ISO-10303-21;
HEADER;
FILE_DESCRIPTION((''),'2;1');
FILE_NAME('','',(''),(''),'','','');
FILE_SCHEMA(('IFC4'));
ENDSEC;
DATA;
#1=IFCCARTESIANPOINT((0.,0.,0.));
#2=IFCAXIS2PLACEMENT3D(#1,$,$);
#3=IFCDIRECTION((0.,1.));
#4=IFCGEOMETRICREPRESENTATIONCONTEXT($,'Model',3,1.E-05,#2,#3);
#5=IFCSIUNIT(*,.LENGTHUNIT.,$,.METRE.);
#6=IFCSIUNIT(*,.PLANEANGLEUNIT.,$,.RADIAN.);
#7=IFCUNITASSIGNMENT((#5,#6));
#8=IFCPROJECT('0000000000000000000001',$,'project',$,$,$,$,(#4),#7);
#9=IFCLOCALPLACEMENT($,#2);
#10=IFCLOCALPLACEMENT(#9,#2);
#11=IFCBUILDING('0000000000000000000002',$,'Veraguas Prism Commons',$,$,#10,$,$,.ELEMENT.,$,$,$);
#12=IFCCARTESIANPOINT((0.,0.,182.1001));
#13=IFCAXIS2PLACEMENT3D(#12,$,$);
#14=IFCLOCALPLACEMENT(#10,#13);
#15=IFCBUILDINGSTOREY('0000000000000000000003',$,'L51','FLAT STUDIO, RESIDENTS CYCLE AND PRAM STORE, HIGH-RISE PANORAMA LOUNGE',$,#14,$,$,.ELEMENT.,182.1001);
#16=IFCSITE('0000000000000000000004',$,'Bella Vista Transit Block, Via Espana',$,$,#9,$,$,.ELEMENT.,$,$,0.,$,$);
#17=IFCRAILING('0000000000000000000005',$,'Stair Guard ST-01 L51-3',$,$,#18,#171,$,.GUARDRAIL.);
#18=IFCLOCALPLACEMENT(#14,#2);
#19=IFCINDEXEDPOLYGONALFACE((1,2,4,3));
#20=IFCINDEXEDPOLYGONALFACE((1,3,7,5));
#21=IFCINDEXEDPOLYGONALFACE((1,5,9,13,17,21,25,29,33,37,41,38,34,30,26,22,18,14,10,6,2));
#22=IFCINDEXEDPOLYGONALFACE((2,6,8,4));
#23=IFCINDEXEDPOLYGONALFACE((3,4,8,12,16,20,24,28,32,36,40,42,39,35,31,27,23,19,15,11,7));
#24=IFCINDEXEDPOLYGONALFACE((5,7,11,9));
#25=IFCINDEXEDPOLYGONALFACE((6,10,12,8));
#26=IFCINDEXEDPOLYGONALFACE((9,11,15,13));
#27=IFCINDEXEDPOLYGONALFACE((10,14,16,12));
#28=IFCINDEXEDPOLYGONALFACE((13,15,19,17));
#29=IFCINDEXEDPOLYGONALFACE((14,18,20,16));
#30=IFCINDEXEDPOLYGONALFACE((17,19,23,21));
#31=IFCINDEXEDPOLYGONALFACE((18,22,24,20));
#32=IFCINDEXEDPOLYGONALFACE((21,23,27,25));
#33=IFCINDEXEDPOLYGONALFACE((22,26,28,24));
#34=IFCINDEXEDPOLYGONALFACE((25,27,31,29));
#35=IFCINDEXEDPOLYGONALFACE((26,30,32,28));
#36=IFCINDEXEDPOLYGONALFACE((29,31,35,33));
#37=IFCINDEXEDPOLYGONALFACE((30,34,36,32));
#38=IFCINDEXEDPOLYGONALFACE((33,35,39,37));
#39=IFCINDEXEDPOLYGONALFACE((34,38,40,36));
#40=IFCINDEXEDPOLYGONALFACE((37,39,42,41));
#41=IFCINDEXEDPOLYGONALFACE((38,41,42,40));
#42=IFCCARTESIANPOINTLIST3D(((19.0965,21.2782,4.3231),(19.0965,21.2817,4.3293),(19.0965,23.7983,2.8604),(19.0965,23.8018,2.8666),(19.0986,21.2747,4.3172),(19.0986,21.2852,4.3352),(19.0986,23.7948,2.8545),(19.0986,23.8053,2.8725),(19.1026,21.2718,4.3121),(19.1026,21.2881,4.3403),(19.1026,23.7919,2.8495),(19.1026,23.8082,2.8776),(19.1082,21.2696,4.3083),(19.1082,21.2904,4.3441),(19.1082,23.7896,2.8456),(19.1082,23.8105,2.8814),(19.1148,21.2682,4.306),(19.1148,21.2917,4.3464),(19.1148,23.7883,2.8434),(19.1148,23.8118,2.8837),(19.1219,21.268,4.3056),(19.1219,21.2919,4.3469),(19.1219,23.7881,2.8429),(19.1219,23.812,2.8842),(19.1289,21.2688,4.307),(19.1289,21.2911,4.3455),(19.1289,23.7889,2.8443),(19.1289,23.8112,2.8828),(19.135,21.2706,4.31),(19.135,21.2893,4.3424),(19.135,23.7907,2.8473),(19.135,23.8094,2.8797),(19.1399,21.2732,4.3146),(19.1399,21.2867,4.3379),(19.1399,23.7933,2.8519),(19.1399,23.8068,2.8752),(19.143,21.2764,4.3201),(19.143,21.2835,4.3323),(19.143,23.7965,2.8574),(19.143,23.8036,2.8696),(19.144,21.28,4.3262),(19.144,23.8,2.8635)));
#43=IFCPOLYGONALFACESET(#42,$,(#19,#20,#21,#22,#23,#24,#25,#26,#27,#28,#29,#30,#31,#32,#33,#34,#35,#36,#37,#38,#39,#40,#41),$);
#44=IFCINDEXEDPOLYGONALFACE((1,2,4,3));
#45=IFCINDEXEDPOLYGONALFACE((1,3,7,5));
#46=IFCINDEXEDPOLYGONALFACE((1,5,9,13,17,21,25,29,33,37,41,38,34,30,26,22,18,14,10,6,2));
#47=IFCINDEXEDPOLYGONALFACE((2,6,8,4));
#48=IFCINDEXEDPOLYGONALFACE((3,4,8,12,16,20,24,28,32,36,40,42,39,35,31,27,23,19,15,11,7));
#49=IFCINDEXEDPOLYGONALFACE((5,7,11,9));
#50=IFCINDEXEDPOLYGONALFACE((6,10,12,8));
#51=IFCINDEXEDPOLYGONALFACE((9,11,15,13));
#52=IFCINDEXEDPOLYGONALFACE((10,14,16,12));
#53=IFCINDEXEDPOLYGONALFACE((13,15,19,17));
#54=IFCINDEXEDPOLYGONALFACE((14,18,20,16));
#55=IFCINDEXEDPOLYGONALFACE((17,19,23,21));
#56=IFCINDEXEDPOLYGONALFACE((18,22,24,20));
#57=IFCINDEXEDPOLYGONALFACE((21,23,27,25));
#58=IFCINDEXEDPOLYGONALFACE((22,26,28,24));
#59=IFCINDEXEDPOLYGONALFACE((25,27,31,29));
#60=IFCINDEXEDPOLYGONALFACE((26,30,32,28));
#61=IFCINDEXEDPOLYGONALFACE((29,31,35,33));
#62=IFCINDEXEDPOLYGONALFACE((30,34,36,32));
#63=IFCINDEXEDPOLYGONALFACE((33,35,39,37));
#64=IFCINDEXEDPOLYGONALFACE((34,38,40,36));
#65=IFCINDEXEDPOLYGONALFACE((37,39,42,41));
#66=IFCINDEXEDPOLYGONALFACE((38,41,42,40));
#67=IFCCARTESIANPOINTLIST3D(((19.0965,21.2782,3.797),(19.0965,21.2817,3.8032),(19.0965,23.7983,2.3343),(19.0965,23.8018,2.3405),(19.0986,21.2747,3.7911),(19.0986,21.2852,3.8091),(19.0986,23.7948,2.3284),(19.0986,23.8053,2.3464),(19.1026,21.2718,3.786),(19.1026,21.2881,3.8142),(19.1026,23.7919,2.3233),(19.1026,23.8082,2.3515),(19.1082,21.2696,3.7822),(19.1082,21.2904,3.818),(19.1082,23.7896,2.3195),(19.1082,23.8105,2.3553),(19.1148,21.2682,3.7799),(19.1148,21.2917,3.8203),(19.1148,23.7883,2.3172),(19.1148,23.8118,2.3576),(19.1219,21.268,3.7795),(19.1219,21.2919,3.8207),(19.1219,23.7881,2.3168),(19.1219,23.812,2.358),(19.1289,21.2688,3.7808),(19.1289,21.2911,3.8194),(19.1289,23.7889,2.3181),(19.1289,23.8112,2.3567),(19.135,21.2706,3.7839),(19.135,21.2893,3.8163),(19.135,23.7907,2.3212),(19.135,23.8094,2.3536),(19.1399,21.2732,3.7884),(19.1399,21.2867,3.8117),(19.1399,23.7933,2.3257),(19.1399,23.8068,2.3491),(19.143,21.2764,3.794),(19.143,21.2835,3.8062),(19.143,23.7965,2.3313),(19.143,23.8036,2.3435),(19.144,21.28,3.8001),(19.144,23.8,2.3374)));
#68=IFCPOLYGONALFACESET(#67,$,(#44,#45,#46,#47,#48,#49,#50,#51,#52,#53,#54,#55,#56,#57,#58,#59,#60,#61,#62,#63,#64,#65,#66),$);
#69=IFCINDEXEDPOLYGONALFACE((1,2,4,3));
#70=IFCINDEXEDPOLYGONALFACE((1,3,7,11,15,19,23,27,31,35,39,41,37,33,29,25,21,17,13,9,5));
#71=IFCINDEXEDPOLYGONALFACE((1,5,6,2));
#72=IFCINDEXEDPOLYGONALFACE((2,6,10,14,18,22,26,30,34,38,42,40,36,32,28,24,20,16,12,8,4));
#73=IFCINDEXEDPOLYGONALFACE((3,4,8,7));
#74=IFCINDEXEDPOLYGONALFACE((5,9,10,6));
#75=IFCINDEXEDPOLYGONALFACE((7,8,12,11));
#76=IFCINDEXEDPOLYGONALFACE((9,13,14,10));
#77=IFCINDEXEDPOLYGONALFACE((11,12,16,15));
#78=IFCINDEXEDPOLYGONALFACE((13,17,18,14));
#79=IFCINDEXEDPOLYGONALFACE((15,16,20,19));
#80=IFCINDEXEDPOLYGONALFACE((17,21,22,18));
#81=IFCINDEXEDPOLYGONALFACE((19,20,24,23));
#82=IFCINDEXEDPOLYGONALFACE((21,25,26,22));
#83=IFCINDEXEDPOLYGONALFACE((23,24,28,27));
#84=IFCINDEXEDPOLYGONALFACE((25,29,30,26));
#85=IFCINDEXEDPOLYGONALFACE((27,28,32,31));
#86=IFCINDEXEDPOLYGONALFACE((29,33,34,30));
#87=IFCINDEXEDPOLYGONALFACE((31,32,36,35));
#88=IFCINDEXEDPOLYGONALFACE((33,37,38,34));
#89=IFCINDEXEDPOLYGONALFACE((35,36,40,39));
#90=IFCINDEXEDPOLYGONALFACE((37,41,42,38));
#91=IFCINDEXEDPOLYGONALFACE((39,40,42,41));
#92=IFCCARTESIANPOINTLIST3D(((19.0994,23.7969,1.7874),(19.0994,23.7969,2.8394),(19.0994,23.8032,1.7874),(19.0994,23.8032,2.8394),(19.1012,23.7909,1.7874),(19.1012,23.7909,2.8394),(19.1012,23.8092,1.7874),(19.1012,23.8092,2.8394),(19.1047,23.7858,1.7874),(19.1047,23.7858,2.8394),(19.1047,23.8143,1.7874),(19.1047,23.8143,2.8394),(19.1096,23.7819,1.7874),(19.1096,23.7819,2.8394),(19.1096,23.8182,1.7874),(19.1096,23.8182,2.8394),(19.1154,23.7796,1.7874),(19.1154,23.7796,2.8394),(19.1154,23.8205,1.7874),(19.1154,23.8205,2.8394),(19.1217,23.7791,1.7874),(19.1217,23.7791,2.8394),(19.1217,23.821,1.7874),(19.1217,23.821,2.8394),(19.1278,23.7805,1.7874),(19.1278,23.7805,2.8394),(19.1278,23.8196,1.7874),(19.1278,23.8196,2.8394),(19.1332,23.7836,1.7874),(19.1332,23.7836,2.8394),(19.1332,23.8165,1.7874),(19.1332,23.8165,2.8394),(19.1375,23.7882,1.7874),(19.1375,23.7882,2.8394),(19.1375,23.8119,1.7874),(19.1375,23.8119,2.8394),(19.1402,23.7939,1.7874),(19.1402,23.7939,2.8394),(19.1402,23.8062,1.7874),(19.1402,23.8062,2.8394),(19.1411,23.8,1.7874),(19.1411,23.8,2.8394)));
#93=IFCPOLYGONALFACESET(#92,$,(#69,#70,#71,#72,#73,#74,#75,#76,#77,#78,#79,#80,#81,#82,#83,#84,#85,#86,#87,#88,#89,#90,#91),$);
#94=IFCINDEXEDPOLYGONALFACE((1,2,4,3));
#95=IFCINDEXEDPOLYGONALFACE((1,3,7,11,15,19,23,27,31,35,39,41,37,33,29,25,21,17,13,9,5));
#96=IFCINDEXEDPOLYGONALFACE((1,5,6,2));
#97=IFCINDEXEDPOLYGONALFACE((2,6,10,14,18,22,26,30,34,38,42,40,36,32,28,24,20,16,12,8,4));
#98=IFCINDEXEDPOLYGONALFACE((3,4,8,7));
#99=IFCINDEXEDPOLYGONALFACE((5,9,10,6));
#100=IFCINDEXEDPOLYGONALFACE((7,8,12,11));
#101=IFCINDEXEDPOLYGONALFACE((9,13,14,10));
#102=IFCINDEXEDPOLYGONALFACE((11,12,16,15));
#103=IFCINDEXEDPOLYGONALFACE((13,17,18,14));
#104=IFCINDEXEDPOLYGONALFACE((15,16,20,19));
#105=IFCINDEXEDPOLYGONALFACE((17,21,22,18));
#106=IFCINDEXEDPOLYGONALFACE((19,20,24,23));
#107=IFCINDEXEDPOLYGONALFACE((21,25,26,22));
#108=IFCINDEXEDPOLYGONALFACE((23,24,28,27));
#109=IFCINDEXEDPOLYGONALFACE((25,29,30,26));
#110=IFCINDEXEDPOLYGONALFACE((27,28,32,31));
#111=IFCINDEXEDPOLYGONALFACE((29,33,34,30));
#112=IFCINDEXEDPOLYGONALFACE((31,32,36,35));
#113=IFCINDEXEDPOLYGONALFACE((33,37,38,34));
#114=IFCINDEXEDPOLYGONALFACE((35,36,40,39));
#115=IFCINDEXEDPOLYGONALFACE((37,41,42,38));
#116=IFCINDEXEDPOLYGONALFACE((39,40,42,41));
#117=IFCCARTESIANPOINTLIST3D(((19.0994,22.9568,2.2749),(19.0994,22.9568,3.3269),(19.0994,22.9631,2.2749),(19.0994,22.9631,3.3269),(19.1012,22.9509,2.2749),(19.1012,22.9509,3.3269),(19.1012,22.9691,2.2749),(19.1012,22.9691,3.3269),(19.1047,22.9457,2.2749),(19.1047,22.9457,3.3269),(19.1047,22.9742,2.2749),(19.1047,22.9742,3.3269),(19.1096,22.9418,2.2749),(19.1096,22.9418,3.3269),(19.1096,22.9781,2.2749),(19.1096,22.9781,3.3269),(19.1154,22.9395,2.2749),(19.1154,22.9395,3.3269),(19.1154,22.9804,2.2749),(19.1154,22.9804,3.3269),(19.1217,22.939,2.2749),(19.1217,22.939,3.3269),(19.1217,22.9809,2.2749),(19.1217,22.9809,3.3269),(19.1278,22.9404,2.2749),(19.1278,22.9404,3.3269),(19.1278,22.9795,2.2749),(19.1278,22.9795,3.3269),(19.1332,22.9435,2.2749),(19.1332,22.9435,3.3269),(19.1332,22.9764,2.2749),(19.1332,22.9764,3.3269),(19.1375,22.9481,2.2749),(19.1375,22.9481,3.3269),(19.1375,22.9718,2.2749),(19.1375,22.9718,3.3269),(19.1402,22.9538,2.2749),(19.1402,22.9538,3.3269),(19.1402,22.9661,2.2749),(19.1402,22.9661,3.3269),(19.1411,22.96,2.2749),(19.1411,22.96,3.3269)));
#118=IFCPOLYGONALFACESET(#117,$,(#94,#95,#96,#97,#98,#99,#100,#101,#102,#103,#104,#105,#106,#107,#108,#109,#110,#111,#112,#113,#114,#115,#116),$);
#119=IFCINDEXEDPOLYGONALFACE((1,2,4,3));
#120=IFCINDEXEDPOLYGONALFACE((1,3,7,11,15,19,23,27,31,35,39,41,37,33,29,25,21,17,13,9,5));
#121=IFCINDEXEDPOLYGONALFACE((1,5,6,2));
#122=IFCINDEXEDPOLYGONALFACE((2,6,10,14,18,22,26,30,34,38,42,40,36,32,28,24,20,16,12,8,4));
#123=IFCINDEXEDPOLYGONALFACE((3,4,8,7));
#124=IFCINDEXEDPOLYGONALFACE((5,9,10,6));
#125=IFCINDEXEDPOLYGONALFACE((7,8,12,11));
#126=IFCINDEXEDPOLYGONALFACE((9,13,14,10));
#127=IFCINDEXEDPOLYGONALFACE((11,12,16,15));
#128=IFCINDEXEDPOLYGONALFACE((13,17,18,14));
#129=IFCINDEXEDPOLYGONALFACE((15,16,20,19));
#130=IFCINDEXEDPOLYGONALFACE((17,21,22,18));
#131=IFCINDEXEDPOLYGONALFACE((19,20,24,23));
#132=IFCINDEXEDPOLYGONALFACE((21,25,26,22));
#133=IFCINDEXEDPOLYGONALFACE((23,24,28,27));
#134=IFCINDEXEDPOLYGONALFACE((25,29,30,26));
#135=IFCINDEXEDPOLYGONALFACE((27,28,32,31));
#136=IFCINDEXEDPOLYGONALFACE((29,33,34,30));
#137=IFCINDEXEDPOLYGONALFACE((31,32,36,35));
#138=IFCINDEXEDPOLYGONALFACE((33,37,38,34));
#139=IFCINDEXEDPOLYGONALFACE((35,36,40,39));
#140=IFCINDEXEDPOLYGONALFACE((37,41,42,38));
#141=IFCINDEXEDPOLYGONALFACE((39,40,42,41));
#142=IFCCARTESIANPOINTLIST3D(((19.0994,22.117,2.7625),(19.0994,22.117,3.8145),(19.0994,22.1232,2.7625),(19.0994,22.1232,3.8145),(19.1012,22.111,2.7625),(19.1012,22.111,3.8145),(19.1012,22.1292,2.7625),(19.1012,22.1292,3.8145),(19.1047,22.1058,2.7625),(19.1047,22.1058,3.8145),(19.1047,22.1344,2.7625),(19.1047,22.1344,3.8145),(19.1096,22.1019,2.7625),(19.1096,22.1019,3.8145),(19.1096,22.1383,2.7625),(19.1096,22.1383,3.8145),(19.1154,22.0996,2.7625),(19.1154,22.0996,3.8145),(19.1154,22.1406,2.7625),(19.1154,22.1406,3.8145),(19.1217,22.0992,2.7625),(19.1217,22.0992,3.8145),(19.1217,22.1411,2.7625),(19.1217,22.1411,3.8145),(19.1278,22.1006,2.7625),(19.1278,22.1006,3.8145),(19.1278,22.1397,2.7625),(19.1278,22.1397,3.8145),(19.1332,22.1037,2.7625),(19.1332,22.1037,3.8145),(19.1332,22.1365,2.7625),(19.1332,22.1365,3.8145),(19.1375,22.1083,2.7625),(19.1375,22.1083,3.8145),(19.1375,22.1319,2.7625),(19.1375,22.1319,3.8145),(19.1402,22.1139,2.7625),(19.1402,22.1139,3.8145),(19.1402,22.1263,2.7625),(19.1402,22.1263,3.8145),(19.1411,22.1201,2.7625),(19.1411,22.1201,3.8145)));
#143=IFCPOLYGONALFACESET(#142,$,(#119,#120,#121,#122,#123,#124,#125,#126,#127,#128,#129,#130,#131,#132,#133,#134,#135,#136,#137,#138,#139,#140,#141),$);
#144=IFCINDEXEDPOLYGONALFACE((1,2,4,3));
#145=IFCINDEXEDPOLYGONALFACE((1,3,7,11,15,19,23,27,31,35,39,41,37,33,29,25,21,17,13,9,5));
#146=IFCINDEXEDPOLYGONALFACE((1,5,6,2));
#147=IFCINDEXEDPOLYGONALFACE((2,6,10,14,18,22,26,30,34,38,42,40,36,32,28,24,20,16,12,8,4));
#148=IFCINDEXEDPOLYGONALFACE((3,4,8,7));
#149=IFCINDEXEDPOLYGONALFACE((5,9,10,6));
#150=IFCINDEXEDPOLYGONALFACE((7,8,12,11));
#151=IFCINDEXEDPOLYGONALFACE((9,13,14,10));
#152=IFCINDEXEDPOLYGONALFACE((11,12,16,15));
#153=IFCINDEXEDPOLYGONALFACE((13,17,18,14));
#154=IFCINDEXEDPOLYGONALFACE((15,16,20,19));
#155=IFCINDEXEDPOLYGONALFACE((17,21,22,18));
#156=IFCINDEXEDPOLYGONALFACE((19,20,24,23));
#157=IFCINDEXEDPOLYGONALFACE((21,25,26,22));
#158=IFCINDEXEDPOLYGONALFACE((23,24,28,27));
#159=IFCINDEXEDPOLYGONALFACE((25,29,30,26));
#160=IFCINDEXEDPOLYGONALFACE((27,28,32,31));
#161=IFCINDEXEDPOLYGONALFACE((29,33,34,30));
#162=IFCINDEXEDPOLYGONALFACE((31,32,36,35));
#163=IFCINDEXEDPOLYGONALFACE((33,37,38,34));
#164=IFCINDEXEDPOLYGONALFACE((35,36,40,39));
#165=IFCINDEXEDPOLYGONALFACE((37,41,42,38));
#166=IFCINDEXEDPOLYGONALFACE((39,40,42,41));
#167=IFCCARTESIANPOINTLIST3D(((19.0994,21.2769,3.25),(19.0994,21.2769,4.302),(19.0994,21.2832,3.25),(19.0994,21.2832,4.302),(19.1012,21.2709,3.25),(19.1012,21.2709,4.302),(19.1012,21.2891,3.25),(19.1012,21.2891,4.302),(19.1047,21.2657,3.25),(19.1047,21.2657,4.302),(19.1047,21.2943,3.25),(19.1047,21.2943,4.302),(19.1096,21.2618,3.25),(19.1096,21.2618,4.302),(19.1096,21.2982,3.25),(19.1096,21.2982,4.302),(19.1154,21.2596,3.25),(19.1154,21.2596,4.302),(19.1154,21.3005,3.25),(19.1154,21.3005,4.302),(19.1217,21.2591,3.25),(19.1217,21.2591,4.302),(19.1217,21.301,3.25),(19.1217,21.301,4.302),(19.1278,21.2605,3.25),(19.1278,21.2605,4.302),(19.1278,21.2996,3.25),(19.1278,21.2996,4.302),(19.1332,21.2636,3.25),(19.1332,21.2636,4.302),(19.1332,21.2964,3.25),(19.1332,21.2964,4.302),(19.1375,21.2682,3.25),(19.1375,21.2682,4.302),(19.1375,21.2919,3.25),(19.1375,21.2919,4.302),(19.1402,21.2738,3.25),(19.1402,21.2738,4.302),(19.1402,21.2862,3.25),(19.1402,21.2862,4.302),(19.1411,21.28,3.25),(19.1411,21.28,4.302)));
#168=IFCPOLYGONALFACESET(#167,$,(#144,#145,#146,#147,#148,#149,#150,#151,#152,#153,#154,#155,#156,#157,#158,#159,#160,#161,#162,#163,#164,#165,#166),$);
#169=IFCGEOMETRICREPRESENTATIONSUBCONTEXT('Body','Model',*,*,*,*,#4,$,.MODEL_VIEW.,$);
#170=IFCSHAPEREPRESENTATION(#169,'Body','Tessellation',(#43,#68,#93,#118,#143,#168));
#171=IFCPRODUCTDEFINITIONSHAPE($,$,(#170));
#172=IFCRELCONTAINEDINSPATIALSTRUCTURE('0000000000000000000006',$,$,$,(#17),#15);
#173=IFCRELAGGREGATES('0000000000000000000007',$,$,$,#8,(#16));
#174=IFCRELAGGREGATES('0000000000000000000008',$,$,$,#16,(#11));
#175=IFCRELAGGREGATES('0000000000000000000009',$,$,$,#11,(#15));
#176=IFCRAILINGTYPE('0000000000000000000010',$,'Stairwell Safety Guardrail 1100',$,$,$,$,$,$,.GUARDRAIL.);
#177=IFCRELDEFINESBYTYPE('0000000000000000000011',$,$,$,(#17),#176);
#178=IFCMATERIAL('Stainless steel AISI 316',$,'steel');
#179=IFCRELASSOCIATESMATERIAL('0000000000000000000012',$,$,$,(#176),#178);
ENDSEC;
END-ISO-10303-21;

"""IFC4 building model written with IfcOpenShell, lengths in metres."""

from ifc_helpers import new_model, si_unit, direction, frame, origin, origin_2d, place, context, subcontext, project, spatial, circle, extrude, material, type_object, element, save


model = new_model("IFC4")

# Units and contexts
model_context = context("Model", 3, precision=1e-05, world=origin(), true_north=direction((0.0, 1.0)))
body_context = subcontext(model_context, "Body", "Model", "MODEL_VIEW")
ifc_project = project(units=[si_unit("LENGTHUNIT", "METRE"), si_unit("PLANEANGLEUNIT", "RADIAN")], contexts=[model_context])

# Site, building, storey
site_placement = place(None, origin())
site = spatial("IfcSite", under=ifc_project, at=site_placement, Name="Bella Vista Transit Block, Via Espana", CompositionType="ELEMENT", RefElevation=0.0)
building_placement = place(site_placement, origin())
building = spatial("IfcBuilding", under=site, at=building_placement, Name="Veraguas Prism Commons", CompositionType="ELEMENT")
storey_placement = place(building_placement, frame((0.0, 0.0, 182.1001)))
storey = spatial("IfcBuildingStorey", under=building, at=storey_placement, Name="L51", Description="FLAT STUDIO, RESIDENTS CYCLE AND PRAM STORE, HIGH-RISE PANORAMA LOUNGE", CompositionType="ELEMENT", Elevation=182.1001)

# Railing
ifc_material_1 = material(Name="Stainless steel AISI 316", Category="steel")
railing_type_1 = type_object("IfcRailingType", Name="Stairwell Safety Guardrail 1100", PredefinedType="GUARDRAIL", material=ifc_material_1)
railing_1_placement = place(storey_placement, frame((19.1201, 23.8, 1.7874)))
element("IfcRailing", 1, at=railing_1_placement, inside=storey, type_object=railing_type_1, Name="Stair Guard ST-01 L51-3", PredefinedType="GUARDRAIL", context=body_context, shape_type="SweptSolid", body=[
    extrude(circle(Radius=0.0239, at=origin_2d()), frame((0.0, 0.0, 1.0762), z_axis=(0.0, -0.864877, 0.501984), x_axis=(1.0, 0.0, 0.0)), (0.0, 0.0, 1.0), 2.9138),
    extrude(circle(Radius=0.0239, at=origin_2d()), frame((0.0, 0.0, 0.55), z_axis=(0.0, -0.864877, 0.501984), x_axis=(1.0, 0.0, 0.0)), (0.0, 0.0, 1.0), 2.9138),
    extrude(circle(Radius=0.021, at=origin_2d()), origin(), (0.0, 0.0, 1.0), 1.052),
    extrude(circle(Radius=0.021, at=origin_2d()), frame((0.0, -0.8401, 0.4875)), (0.0, 0.0, 1.0), 1.052),
    extrude(circle(Radius=0.021, at=origin_2d()), frame((0.0, -1.6799, 0.9751)), (0.0, 0.0, 1.0), 1.052),
    extrude(circle(Radius=0.021, at=origin_2d()), frame((0.0, -2.52, 1.4626)), (0.0, 0.0, 1.0), 1.052),
])

save(model, "model.ifc")
